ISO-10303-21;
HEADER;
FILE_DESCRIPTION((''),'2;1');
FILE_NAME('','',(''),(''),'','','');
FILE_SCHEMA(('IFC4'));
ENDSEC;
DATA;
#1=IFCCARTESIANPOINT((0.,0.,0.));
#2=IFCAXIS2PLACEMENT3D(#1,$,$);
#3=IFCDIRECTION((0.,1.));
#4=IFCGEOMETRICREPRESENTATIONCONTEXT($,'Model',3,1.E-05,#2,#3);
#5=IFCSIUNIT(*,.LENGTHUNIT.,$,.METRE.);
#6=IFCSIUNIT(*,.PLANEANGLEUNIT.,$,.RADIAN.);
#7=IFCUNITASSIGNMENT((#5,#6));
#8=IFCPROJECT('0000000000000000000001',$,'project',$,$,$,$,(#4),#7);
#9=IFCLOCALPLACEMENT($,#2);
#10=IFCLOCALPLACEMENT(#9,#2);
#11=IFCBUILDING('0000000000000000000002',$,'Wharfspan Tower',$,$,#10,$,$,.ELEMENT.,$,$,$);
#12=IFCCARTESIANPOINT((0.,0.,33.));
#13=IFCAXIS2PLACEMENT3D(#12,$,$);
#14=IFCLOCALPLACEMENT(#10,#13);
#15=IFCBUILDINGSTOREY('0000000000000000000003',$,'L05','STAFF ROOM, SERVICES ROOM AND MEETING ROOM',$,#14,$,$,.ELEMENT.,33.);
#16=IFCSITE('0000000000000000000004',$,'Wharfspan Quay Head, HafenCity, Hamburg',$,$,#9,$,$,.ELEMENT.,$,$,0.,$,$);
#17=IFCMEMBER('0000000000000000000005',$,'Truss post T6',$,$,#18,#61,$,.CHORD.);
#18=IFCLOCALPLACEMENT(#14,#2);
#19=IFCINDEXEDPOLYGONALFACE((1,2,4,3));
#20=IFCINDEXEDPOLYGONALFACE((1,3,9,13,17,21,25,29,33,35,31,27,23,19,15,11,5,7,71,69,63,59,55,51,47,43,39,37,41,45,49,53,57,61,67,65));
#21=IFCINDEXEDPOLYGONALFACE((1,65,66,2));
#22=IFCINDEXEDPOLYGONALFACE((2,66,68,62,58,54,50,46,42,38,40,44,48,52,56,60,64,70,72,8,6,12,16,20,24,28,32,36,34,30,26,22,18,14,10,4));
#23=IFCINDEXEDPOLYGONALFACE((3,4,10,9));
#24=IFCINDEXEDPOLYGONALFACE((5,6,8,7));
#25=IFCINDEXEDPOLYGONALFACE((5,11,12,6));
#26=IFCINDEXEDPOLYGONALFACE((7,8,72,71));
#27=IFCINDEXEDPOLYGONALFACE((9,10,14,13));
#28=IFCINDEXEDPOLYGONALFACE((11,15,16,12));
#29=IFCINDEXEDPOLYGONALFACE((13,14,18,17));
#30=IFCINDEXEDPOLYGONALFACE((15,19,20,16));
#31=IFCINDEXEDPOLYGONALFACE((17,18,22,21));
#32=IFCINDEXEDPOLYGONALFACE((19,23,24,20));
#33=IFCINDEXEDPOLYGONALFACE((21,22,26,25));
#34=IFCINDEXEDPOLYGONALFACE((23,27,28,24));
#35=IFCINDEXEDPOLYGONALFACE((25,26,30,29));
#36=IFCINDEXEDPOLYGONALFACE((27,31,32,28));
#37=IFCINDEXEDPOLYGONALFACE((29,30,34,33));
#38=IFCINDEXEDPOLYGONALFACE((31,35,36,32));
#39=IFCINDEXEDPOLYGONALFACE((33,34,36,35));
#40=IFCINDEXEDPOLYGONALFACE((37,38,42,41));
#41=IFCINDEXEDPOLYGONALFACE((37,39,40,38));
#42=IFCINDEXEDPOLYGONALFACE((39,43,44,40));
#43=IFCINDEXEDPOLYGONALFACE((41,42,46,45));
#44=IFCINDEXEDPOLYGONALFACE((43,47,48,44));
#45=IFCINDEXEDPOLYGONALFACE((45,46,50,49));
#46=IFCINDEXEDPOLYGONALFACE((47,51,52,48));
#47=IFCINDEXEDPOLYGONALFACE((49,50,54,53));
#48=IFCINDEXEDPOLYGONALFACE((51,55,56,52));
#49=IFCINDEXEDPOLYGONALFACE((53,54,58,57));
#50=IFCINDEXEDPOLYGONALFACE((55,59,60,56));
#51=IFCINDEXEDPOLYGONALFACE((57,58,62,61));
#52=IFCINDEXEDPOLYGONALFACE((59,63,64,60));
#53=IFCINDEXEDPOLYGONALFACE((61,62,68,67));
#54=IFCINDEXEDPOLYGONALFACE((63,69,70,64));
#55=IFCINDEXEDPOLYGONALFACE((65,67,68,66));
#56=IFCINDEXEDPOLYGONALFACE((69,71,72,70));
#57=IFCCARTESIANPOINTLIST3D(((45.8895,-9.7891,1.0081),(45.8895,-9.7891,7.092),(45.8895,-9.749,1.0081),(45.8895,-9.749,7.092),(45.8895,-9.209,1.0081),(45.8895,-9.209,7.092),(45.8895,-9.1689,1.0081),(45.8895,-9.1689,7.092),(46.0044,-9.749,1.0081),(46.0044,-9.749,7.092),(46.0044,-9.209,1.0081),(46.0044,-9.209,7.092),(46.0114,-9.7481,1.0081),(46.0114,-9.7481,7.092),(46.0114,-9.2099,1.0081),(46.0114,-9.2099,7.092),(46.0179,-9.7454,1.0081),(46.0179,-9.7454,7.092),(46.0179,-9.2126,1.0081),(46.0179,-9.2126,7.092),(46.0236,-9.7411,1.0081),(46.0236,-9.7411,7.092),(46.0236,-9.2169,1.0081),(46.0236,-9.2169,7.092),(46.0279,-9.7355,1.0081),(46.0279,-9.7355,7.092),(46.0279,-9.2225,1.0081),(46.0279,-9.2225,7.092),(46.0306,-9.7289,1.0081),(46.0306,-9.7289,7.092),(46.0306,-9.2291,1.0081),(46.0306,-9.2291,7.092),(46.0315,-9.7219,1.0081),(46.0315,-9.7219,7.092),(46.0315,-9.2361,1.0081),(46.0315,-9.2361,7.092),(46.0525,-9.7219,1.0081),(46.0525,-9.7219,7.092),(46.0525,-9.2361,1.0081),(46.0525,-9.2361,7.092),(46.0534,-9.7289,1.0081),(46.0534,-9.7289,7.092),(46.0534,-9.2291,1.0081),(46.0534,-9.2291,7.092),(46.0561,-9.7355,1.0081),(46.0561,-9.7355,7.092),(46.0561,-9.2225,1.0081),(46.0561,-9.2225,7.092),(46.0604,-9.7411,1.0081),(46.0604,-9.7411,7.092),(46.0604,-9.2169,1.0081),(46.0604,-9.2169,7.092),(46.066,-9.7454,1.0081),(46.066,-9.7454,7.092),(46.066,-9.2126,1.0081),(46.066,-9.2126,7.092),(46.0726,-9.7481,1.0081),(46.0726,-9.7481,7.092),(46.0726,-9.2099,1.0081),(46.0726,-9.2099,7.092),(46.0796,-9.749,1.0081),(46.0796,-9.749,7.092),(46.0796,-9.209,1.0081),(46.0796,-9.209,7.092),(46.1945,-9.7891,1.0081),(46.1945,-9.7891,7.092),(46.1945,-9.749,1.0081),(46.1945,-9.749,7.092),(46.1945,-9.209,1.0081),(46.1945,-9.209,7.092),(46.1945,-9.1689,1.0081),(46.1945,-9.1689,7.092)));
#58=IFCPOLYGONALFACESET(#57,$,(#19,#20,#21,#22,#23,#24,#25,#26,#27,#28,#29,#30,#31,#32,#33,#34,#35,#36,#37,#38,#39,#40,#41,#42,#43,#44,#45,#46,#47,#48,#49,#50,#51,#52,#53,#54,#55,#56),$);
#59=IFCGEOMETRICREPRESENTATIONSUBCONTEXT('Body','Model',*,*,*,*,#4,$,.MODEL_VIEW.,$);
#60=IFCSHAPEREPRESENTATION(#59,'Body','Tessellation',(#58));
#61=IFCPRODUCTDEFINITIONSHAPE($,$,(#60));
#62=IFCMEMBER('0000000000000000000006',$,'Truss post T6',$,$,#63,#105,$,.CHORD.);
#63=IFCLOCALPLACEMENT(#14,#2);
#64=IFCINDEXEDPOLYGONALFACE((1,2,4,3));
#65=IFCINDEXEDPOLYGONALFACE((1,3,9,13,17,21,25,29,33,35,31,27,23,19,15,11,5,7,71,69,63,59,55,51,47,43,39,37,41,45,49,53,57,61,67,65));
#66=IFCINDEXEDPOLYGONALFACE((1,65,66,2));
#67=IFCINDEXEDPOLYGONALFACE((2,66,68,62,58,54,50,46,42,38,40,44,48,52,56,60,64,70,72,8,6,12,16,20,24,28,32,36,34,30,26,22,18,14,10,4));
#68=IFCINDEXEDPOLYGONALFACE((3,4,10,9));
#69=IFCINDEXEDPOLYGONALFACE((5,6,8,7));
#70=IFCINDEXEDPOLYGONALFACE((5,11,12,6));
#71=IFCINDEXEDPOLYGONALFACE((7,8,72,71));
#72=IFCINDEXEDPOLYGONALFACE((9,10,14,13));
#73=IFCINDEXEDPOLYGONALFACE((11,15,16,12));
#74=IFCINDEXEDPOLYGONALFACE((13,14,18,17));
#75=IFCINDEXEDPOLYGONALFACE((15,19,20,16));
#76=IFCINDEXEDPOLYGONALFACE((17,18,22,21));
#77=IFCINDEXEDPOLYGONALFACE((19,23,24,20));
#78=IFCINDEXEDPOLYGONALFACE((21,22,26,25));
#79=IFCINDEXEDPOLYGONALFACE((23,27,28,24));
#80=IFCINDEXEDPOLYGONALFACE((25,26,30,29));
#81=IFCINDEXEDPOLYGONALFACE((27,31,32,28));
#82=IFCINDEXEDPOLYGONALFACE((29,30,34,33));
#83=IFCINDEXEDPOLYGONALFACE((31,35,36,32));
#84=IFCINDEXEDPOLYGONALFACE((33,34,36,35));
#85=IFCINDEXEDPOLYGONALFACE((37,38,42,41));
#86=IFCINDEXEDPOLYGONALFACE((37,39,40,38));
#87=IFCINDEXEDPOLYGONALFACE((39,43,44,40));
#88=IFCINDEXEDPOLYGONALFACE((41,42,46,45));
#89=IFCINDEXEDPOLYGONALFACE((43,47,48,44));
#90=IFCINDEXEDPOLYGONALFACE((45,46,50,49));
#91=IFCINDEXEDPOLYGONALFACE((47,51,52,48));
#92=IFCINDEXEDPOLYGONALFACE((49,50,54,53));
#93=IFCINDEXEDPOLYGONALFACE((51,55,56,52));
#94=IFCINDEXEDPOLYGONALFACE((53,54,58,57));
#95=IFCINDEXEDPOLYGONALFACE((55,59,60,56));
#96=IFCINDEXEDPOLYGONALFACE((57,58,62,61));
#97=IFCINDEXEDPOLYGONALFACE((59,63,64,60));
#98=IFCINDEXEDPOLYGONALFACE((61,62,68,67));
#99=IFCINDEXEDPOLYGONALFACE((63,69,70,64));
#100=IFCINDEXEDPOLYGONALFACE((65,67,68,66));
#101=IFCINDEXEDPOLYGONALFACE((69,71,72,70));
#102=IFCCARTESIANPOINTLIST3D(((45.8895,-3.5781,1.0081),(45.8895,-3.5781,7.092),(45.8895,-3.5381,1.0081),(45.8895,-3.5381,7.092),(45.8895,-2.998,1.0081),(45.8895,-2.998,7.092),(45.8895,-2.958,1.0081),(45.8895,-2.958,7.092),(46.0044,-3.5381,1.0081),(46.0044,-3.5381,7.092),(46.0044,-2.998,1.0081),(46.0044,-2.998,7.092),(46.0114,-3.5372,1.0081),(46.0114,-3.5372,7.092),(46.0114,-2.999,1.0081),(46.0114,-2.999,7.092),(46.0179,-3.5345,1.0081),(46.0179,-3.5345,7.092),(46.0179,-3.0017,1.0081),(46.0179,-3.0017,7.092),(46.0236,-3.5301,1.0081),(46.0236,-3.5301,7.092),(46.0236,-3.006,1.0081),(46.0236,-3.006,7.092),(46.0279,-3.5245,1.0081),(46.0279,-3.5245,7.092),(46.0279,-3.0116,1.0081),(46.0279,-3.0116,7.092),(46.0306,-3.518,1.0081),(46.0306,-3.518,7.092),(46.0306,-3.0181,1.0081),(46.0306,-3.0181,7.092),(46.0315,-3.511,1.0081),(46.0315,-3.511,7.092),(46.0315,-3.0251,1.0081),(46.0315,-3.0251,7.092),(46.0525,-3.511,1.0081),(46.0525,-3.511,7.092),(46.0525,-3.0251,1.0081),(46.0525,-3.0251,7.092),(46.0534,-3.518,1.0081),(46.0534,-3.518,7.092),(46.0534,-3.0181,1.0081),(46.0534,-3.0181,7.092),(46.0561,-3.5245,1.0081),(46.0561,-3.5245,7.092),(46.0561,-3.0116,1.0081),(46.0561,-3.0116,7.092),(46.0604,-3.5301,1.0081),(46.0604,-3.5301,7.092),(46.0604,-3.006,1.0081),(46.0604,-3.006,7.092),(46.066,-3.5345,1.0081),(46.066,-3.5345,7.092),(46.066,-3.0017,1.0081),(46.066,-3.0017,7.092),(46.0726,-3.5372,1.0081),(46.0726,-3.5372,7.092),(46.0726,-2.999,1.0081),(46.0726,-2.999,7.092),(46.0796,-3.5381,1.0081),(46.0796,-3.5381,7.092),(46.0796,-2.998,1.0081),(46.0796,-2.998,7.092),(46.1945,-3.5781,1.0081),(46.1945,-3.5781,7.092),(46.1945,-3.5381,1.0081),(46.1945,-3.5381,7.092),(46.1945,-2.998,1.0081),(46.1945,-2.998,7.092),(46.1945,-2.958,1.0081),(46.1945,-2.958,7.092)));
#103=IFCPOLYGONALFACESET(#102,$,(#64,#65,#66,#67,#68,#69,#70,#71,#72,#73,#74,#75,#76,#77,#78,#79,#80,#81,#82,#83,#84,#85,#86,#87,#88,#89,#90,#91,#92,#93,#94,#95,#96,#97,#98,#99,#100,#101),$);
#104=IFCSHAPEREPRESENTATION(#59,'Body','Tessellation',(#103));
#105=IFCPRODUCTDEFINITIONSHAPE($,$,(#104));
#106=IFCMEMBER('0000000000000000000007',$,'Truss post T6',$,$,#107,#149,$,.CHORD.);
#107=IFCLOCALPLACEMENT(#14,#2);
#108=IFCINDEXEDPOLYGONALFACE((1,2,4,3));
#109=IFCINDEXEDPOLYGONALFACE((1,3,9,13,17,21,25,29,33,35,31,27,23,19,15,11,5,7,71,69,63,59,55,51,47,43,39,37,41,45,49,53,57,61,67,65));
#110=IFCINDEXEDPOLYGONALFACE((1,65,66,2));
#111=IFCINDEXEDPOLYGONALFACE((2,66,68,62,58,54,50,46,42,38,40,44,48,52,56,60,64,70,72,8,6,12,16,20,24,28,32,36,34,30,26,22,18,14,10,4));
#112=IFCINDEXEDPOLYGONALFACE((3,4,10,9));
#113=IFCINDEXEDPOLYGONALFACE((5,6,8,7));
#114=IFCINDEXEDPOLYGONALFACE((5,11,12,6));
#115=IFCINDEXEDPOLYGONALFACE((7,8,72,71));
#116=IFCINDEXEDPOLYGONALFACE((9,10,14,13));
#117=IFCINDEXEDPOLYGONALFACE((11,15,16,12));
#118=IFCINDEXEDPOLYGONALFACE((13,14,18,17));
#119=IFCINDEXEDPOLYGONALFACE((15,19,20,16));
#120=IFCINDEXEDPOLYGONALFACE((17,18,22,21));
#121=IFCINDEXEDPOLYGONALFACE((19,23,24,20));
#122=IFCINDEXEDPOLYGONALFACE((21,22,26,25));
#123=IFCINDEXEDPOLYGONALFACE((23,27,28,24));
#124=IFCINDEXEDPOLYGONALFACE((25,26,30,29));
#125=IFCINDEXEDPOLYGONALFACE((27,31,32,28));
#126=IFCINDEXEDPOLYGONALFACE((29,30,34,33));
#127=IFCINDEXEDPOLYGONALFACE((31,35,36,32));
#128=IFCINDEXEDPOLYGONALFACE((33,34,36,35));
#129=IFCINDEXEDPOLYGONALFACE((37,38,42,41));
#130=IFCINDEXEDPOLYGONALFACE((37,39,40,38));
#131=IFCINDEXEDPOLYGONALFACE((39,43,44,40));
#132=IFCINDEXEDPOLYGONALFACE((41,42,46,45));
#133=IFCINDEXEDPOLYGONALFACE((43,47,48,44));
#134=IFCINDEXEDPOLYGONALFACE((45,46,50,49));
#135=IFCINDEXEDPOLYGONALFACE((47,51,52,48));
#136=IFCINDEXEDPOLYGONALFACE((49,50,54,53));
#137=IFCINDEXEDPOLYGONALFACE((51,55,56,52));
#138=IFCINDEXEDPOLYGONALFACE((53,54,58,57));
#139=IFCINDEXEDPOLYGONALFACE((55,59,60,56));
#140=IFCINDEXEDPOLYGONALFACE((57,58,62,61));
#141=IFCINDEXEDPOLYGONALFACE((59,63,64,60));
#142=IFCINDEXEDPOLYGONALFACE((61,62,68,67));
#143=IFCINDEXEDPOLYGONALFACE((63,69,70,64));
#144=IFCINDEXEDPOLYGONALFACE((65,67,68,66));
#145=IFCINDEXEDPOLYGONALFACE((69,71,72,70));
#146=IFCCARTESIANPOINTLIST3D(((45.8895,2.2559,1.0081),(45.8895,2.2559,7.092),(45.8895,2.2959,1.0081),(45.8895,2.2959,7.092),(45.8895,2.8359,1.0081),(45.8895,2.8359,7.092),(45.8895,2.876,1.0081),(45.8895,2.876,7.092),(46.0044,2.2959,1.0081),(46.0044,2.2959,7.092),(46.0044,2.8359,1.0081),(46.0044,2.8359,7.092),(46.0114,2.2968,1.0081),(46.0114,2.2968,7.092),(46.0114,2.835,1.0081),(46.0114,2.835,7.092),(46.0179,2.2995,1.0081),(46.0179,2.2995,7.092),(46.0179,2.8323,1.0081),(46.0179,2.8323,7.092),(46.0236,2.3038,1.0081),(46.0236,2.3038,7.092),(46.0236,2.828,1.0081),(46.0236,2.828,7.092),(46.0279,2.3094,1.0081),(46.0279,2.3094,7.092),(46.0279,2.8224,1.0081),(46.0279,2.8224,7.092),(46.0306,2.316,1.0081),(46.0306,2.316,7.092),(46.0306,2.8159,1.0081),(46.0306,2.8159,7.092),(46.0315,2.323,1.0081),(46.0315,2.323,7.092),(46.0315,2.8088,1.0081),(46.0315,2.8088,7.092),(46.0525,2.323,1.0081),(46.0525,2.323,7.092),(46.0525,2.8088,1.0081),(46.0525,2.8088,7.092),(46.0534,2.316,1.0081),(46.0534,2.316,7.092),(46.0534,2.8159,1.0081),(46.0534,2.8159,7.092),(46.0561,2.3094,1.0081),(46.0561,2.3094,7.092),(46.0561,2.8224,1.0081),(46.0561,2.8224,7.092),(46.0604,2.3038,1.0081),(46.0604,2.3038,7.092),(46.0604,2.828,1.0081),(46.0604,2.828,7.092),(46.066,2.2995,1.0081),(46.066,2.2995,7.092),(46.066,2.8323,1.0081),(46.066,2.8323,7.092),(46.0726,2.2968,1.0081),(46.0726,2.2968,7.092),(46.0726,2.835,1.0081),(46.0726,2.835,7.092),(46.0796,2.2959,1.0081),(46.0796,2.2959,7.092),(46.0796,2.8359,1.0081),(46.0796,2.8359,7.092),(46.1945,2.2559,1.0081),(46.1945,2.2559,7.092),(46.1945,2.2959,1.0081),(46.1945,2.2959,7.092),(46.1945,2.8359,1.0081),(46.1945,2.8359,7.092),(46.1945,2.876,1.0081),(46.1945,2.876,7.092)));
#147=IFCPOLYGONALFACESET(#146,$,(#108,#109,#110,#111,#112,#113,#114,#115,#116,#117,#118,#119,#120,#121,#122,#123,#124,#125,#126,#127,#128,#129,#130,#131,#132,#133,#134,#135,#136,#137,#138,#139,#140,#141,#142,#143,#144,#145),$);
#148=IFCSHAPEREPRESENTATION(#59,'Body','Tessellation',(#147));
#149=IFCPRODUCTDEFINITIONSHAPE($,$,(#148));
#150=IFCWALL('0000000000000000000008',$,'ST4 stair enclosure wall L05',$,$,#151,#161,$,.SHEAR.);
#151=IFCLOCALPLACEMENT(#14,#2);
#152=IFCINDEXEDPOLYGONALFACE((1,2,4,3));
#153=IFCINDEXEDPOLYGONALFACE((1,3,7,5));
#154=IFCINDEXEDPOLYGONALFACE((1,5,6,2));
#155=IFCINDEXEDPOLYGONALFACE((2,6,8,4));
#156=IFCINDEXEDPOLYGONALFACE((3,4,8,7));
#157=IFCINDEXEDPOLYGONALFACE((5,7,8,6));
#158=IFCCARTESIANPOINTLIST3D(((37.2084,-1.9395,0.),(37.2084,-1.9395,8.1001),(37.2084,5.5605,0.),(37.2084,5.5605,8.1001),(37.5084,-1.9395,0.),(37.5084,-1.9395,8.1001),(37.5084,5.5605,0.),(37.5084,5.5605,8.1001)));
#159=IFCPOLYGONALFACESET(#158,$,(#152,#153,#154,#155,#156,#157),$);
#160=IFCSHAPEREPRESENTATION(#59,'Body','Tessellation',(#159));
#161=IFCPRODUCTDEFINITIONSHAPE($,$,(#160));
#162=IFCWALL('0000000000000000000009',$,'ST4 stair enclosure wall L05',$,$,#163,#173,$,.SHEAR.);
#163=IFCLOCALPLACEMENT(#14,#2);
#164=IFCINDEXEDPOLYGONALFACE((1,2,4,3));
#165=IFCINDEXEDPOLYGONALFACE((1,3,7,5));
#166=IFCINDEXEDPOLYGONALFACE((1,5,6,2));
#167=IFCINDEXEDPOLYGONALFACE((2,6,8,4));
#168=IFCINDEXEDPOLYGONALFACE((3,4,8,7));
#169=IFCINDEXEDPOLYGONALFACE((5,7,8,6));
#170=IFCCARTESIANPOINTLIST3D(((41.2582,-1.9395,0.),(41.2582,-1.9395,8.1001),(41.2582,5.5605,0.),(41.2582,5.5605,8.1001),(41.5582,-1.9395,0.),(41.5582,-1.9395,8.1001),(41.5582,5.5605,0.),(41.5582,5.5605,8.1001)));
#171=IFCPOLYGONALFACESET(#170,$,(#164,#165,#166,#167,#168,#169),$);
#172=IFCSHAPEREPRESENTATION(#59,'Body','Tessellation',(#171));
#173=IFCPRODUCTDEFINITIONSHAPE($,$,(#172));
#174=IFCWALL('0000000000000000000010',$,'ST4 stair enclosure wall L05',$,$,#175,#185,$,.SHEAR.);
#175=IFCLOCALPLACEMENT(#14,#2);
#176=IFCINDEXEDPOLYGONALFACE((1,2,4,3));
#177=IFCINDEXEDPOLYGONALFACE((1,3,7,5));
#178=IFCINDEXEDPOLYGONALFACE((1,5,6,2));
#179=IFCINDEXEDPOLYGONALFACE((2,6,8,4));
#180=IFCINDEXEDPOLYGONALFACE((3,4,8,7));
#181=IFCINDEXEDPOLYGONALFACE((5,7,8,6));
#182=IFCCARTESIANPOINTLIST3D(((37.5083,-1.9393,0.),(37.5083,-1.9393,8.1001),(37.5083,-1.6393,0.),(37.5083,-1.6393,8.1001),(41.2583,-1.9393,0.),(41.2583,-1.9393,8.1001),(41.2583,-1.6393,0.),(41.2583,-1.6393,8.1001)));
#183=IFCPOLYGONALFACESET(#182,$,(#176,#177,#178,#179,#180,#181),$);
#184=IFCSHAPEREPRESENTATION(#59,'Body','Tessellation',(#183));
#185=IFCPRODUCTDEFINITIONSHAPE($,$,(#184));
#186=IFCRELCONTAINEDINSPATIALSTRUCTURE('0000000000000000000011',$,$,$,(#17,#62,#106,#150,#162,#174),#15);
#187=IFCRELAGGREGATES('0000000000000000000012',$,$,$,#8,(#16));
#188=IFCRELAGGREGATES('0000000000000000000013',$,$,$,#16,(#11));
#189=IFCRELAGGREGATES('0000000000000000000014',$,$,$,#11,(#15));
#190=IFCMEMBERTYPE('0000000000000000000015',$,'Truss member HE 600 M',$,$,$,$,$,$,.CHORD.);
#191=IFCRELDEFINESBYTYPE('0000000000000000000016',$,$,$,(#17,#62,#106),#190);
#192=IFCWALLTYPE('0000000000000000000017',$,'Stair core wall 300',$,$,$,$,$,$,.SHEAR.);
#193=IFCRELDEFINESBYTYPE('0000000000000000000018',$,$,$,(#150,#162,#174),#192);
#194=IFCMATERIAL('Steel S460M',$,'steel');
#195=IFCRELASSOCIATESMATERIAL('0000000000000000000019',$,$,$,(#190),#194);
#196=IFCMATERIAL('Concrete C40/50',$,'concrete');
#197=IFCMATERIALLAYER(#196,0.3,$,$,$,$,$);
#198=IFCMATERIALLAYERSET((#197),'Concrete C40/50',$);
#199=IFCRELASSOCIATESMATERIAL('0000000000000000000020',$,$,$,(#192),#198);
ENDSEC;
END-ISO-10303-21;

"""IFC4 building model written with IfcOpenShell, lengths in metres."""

from ifc_helpers import new_model, si_unit, direction, frame, frame_2d, origin, origin_2d, place, context, subcontext, project, spatial, rectangle, i_section, extrude, material, layer, layer_set, material_profile, profile_set, type_object, element, save


model = new_model("IFC4")

# Units and contexts
model_context = context("Model", 3, precision=1e-05, world=origin(), true_north=direction((0.0, 1.0)))
body_context = subcontext(model_context, "Body", "Model", "MODEL_VIEW")
ifc_project = project(units=[si_unit("LENGTHUNIT", "METRE"), si_unit("PLANEANGLEUNIT", "RADIAN")], contexts=[model_context])

# Site, building, storey
site_placement = place(None, origin())
site = spatial("IfcSite", under=ifc_project, at=site_placement, Name="Wharfspan Quay Head, HafenCity, Hamburg", CompositionType="ELEMENT", RefElevation=0.0)
building_placement = place(site_placement, origin())
building = spatial("IfcBuilding", under=site, at=building_placement, Name="Wharfspan Tower", CompositionType="ELEMENT")
storey_placement = place(building_placement, frame((0.0, 0.0, 33.0)))
storey = spatial("IfcBuildingStorey", under=building, at=storey_placement, Name="L05", Description="STAFF ROOM, SERVICES ROOM AND MEETING ROOM", CompositionType="ELEMENT", Elevation=33.0)

# Shared definitions
ifc_material_1 = material(Name="Steel S460M", Category="steel")

# Members
ifc_material_profile_1 = material_profile(ifc_material_1, i_section(OverallWidth=0.3049, OverallDepth=0.6201, WebThickness=0.021, FlangeThickness=0.04, FilletRadius=0.0271, at=origin_2d()))
ifc_profile_set_1 = profile_set([ifc_material_profile_1], Name="Steel S460M")
member_type_1 = type_object("IfcMemberType", Name="Truss member HE 600 M", PredefinedType="CHORD", material=ifc_profile_set_1)
for number, where, z_axis, x_axis, name in (
    (1, (46.042, -9.479, 1.0081), (0.0, 0.0, 1.0), (1.0, 0.0, 0.0), "Truss post T6"),
    (2, (46.042, -3.2681, 1.0081), (0.0, 0.0, 1.0), (1.0, 0.0, 0.0), "Truss post T6"),
    (3, (46.042, 2.5659, 1.0081), (0.0, 0.0, 1.0), (1.0, 0.0, 0.0), "Truss post T6"),
):
    element("IfcMember", number, at=place(storey_placement, frame(where, z_axis=z_axis, x_axis=x_axis)), inside=storey, type_object=member_type_1, Name=name, PredefinedType="CHORD", context=body_context, shape_type="SweptSolid", body=[
        extrude(i_section(OverallWidth=0.3049, OverallDepth=0.6201, WebThickness=0.021, FlangeThickness=0.04, FilletRadius=0.0271, at=origin_2d()), origin(), (0.0, 0.0, 1.0), 6.084),
    ])

# Walls
ifc_material_2 = material(Name="Concrete C40/50", Category="concrete")
ifc_layer = layer(ifc_material_2, 0.3)
ifc_layer_set = layer_set([ifc_layer], Name="Concrete C40/50")
wall_type = type_object("IfcWallType", Name="Stair core wall 300", PredefinedType="SHEAR", material=ifc_layer_set)
for number, where, z_axis, x_axis, name in (
    (4, (37.3584, -1.9395, 0.0), (0.0, 0.0, 1.0), (0.0, 1.0, 0.0), "ST4 stair enclosure wall L05"),
    (5, (41.4082, -1.9395, 0.0), (0.0, 0.0, 1.0), (0.0, 1.0, 0.0), "ST4 stair enclosure wall L05"),
):
    element("IfcWall", number, at=place(storey_placement, frame(where, z_axis=z_axis, x_axis=x_axis)), inside=storey, type_object=wall_type, Name=name, PredefinedType="SHEAR", context=body_context, shape_type="SweptSolid", body=[
        extrude(rectangle(XDim=7.5, YDim=0.3, at=frame_2d((3.75, 0.0))), origin(), (0.0, 0.0, 1.0), 8.1001),
    ])
wall_placement = place(storey_placement, frame((37.5083, -1.7893, 0.0), z_axis=(0.0, 0.0, 1.0), x_axis=(1.0, 0.0, 0.0)))
element("IfcWall", 6, at=wall_placement, inside=storey, type_object=wall_type, Name="ST4 stair enclosure wall L05", PredefinedType="SHEAR", context=body_context, shape_type="SweptSolid", body=[
    extrude(rectangle(XDim=3.75, YDim=0.3, at=frame_2d((1.875, 0.0))), origin(), (0.0, 0.0, 1.0), 8.1001),
])

save(model, "model.ifc")
